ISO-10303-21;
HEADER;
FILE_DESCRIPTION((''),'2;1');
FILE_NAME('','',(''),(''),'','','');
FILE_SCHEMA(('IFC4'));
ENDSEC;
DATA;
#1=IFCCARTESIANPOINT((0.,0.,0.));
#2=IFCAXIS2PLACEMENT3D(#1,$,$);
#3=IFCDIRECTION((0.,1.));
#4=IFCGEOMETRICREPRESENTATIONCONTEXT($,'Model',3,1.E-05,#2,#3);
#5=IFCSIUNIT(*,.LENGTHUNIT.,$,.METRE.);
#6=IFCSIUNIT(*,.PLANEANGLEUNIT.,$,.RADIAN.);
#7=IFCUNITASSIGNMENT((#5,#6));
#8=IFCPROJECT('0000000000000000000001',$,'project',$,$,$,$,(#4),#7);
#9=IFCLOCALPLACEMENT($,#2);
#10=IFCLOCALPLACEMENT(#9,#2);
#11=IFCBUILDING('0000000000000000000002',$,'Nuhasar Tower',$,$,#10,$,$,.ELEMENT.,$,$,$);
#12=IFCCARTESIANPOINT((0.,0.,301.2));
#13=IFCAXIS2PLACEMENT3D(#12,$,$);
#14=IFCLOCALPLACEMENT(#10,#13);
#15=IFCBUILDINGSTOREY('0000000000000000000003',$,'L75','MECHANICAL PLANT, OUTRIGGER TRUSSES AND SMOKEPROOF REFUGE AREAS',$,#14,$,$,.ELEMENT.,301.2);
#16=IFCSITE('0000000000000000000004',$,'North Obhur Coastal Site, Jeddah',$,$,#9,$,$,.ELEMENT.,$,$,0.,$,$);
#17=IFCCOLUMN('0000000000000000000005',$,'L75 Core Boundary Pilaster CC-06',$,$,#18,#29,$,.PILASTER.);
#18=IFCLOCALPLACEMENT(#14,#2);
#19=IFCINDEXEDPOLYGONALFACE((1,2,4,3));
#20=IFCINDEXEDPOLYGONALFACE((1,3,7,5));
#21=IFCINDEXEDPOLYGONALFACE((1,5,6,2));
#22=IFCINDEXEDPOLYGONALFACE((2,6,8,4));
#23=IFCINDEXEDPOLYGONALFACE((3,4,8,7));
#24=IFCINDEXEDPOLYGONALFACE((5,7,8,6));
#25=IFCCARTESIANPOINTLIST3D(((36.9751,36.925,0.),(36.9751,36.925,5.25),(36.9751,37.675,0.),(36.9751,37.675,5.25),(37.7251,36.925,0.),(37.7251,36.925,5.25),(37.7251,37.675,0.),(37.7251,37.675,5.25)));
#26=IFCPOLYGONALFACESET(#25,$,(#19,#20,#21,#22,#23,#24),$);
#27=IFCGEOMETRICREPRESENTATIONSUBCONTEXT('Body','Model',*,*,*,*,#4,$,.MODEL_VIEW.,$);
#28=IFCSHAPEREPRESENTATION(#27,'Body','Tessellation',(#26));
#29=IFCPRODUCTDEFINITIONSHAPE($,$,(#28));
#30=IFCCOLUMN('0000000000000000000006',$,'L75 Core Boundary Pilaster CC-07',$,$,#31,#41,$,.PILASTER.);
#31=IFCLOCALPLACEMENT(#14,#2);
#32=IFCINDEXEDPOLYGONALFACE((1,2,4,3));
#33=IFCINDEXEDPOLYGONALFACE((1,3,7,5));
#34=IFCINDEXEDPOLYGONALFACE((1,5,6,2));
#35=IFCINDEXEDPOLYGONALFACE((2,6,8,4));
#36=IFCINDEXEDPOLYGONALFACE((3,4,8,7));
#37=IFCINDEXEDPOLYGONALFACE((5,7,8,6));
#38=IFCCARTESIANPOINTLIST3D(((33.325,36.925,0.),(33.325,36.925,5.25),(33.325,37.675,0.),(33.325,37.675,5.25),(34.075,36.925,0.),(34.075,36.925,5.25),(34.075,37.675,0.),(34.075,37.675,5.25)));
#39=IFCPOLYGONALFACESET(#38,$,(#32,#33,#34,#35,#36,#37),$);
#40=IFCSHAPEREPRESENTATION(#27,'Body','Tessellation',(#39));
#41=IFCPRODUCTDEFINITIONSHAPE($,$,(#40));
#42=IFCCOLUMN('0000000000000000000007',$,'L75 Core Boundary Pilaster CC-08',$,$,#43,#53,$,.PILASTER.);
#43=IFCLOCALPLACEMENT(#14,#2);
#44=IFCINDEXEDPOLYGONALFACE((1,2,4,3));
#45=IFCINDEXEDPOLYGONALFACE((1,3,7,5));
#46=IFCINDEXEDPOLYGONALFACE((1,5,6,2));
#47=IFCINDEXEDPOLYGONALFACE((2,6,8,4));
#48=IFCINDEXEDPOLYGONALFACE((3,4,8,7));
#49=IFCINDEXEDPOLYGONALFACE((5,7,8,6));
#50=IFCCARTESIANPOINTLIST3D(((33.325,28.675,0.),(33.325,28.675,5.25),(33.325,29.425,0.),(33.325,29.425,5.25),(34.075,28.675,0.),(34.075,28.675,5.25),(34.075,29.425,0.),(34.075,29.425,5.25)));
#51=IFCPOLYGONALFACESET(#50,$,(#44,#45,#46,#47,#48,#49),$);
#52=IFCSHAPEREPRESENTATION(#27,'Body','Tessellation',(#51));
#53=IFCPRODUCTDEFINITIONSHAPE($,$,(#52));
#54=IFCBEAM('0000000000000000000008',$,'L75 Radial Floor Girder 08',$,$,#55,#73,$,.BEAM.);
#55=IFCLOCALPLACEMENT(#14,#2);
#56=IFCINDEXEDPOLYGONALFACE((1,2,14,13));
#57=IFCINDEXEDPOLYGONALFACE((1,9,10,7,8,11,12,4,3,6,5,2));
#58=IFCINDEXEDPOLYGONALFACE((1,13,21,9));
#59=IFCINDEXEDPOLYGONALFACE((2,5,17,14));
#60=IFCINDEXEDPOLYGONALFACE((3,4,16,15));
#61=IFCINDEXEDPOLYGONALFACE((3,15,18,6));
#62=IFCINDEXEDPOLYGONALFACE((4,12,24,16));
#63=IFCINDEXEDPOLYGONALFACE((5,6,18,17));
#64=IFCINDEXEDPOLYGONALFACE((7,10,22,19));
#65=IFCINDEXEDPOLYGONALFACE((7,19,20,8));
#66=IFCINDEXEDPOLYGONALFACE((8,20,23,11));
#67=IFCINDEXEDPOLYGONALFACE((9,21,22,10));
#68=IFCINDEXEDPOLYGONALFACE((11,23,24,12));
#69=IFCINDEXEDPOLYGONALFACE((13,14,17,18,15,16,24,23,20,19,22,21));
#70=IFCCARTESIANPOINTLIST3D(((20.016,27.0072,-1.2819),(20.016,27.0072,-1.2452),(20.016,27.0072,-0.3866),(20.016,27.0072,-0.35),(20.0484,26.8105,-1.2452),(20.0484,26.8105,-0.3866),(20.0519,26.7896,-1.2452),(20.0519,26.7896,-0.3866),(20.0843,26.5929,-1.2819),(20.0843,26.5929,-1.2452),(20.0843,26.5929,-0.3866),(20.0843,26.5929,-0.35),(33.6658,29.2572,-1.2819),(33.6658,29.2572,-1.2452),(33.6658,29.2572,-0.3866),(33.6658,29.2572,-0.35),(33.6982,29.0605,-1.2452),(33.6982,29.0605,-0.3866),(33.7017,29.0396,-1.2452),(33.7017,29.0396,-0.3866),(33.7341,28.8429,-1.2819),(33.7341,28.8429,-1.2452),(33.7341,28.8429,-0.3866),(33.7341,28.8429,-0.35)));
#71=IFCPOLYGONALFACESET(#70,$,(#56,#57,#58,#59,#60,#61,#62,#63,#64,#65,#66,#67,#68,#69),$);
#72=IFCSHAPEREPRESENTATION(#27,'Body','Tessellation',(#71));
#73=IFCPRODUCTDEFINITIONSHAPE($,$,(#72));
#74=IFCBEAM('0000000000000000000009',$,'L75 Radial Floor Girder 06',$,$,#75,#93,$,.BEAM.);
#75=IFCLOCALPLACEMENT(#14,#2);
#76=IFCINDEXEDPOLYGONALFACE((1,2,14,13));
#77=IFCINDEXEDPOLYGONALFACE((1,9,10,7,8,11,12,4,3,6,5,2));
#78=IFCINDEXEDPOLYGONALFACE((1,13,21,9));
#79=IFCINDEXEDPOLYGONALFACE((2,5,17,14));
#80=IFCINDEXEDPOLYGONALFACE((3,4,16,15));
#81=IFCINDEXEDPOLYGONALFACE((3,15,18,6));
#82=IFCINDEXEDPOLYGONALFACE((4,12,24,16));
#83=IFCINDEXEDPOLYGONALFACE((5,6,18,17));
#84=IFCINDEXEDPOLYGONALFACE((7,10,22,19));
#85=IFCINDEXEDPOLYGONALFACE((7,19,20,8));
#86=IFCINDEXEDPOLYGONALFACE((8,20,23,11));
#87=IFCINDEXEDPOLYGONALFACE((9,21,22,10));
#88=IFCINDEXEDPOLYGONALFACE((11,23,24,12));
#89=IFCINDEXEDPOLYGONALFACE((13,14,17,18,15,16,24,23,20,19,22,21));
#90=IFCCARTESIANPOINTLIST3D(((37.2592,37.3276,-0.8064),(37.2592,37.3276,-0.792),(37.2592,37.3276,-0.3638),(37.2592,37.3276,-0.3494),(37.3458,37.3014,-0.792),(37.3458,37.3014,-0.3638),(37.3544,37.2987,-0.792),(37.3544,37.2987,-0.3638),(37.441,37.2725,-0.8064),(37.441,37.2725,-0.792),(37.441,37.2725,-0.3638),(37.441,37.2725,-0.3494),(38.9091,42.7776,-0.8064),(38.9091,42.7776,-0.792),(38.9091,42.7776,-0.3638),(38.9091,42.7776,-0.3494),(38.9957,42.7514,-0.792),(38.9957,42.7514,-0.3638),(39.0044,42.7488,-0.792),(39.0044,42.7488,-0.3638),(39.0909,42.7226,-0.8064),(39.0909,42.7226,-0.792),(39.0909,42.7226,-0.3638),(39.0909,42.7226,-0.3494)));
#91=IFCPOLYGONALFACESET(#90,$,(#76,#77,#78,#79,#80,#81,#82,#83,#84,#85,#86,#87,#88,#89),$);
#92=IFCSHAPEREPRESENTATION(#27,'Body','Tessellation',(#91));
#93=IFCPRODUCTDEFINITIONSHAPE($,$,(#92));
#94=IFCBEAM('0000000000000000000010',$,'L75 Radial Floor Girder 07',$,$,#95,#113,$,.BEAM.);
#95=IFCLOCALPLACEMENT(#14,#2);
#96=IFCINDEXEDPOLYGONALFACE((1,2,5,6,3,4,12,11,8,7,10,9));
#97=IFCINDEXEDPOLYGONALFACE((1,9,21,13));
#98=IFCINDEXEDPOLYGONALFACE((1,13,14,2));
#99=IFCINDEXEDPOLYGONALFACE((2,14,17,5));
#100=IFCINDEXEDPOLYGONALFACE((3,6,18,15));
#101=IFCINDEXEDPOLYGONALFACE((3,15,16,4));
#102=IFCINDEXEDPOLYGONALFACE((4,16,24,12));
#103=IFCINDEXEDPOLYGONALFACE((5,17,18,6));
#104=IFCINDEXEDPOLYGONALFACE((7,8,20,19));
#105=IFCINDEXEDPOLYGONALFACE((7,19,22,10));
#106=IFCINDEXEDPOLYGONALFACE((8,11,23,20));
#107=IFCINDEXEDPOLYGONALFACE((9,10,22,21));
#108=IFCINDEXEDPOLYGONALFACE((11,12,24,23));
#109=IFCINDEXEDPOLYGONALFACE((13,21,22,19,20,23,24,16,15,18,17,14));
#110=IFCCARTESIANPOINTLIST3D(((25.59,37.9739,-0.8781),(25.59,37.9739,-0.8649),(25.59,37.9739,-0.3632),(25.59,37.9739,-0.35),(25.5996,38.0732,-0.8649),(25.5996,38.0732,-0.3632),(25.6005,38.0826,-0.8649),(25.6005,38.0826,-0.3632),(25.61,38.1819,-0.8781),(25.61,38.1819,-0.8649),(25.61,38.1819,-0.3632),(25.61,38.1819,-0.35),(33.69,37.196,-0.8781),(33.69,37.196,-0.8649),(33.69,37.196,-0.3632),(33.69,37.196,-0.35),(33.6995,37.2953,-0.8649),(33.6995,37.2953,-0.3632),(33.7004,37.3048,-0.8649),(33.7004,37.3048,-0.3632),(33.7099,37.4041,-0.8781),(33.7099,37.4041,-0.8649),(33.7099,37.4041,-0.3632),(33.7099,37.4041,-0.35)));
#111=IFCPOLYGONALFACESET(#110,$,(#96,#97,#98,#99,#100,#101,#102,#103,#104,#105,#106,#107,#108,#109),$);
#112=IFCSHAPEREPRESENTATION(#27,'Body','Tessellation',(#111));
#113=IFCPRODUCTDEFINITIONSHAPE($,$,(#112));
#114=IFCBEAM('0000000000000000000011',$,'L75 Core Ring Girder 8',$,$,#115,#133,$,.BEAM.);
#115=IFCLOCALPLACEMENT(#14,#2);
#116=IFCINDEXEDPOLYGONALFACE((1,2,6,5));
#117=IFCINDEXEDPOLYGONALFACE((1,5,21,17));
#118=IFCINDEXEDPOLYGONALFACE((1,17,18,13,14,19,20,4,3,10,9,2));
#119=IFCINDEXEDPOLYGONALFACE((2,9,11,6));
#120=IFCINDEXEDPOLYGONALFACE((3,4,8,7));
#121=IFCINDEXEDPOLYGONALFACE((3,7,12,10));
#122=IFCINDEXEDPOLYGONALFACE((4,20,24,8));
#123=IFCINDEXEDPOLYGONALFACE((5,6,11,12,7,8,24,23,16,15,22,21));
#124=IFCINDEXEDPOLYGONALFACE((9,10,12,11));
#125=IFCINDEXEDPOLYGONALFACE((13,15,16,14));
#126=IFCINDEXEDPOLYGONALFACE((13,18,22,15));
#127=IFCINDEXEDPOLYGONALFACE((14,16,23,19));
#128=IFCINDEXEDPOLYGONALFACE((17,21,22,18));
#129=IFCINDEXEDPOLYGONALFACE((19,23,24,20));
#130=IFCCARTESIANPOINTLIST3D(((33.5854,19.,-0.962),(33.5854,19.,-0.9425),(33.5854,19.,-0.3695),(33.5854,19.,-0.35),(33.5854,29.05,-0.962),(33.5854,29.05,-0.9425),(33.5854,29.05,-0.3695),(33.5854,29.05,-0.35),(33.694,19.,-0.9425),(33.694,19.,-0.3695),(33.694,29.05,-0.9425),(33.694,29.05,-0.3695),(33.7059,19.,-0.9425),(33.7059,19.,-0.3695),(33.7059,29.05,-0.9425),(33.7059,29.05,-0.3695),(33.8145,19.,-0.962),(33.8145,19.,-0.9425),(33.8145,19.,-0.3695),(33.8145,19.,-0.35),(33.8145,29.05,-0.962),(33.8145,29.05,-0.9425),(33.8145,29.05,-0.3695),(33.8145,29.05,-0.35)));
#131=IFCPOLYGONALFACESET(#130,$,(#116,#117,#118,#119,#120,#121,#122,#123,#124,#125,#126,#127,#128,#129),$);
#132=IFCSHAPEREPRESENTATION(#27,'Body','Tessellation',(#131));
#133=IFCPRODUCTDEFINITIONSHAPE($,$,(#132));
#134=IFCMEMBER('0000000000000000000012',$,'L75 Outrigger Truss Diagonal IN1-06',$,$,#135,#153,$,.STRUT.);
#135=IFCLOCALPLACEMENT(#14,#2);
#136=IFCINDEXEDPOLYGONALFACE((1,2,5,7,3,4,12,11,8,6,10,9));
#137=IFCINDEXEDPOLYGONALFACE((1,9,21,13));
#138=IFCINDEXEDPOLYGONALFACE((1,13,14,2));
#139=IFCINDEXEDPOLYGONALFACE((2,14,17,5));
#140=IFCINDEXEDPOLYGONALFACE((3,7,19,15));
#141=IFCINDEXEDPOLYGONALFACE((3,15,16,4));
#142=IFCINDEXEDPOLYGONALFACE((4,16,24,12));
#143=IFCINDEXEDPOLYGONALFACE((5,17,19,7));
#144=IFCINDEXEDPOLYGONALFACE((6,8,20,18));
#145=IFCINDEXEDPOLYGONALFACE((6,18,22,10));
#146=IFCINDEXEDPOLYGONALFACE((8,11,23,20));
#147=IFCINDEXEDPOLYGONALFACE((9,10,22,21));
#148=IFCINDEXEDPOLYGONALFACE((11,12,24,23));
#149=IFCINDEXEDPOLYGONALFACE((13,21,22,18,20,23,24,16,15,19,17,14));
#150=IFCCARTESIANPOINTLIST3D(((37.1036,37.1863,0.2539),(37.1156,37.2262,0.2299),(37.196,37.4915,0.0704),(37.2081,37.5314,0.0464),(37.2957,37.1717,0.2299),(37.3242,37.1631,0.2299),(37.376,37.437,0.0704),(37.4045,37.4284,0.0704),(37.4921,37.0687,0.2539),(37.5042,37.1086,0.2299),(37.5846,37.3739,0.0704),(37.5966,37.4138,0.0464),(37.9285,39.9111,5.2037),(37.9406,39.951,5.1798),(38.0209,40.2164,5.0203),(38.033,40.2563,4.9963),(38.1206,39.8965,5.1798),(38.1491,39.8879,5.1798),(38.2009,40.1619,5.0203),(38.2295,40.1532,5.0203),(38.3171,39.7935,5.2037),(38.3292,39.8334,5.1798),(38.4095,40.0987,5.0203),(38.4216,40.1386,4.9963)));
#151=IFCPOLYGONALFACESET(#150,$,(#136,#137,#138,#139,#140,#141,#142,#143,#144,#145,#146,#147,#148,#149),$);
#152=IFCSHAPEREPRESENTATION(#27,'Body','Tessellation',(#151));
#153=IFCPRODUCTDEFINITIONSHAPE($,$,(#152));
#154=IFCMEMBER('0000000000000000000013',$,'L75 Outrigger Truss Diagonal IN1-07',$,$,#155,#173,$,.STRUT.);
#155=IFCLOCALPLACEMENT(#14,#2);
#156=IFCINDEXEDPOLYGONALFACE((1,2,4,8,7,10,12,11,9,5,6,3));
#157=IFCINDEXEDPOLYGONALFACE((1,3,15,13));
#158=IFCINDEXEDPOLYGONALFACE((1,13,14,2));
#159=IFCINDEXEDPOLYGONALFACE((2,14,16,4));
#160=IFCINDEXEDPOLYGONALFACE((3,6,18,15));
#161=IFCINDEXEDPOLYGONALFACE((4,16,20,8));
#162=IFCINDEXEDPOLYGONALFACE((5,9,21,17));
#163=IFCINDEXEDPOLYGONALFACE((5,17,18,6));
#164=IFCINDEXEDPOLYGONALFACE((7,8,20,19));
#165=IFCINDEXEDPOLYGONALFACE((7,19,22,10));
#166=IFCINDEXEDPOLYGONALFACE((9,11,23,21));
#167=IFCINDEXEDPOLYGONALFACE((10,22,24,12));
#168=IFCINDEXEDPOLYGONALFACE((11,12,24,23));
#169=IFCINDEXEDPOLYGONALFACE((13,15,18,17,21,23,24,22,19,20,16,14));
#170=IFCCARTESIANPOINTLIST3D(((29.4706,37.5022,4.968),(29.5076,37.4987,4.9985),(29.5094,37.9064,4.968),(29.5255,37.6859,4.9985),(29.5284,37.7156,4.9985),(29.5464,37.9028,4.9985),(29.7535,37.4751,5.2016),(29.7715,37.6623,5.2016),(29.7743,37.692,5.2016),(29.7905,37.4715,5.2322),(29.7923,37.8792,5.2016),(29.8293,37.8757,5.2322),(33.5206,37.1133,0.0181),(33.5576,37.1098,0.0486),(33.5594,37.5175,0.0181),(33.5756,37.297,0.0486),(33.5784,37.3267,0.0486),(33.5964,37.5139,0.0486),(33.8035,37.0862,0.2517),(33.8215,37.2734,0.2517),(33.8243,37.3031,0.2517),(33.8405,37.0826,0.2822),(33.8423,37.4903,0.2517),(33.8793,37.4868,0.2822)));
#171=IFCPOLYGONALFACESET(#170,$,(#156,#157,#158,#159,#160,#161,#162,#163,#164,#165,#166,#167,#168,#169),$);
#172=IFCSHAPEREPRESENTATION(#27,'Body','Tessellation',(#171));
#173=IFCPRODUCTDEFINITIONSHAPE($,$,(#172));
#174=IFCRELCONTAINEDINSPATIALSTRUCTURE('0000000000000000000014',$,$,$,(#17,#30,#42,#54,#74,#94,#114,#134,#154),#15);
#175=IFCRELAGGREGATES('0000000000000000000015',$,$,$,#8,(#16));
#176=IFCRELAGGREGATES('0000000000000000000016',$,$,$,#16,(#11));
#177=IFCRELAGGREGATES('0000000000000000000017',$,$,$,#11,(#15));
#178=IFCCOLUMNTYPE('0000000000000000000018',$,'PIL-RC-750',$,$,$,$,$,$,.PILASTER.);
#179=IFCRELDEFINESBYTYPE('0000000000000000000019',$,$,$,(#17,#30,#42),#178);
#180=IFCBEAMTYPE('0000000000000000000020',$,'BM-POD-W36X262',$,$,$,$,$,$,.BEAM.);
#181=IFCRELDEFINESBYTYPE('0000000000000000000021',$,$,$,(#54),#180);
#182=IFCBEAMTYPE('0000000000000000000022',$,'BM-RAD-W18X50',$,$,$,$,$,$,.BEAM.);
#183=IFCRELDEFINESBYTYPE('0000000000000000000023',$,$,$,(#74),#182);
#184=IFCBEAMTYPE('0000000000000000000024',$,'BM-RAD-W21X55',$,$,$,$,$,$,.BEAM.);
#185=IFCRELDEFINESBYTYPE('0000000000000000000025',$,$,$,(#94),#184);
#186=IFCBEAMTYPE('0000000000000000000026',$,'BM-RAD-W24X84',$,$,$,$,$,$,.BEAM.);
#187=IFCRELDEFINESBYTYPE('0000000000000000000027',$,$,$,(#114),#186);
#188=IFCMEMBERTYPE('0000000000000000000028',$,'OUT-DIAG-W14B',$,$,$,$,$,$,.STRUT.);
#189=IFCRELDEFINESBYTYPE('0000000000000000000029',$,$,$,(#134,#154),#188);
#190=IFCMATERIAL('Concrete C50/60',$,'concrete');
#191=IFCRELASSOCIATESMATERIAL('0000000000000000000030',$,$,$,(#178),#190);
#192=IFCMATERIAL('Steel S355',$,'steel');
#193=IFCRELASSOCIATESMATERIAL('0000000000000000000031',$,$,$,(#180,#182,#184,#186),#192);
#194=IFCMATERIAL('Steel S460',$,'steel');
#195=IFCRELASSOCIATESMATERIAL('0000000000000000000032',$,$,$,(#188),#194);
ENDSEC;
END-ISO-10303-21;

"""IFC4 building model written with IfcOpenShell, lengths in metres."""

from ifc_helpers import new_model, si_unit, direction, frame, origin, origin_2d, place, context, subcontext, project, spatial, rectangle, i_section, extrude, material, material_profile, profile_set, type_object, element, save


model = new_model("IFC4")

# Units and contexts
model_context = context("Model", 3, precision=1e-05, world=origin(), true_north=direction((0.0, 1.0)))
body_context = subcontext(model_context, "Body", "Model", "MODEL_VIEW")
ifc_project = project(units=[si_unit("LENGTHUNIT", "METRE"), si_unit("PLANEANGLEUNIT", "RADIAN")], contexts=[model_context])

# Site, building, storey
site_placement = place(None, origin())
site = spatial("IfcSite", under=ifc_project, at=site_placement, Name="North Obhur Coastal Site, Jeddah", CompositionType="ELEMENT", RefElevation=0.0)
building_placement = place(site_placement, origin())
building = spatial("IfcBuilding", under=site, at=building_placement, Name="Nuhasar Tower", CompositionType="ELEMENT")
storey_placement = place(building_placement, frame((0.0, 0.0, 301.2)))
storey = spatial("IfcBuildingStorey", under=building, at=storey_placement, Name="L75", Description="MECHANICAL PLANT, OUTRIGGER TRUSSES AND SMOKEPROOF REFUGE AREAS", CompositionType="ELEMENT", Elevation=301.2)

# Columns
ifc_material_1 = material(Name="Concrete C50/60", Category="concrete")
ifc_material_profile_1 = material_profile(ifc_material_1, rectangle(XDim=0.75, YDim=0.75, at=origin_2d()), Name="RC750X750")
ifc_profile_set_1 = profile_set([ifc_material_profile_1], Name="Concrete C50/60")
column_type = type_object("IfcColumnType", Name="PIL-RC-750", PredefinedType="PILASTER", material=ifc_profile_set_1)
for number, where, z_axis, x_axis, name in (
    (1, (37.3501, 37.3, 0.0), (0.0, 0.0, 1.0), (1.0, 0.0, 0.0), "L75 Core Boundary Pilaster CC-06"),
    (2, (33.7, 37.3, 0.0), (0.0, 0.0, 1.0), (1.0, 0.0, 0.0), "L75 Core Boundary Pilaster CC-07"),
    (3, (33.7, 29.05, 0.0), (0.0, 0.0, 1.0), (1.0, 0.0, 0.0), "L75 Core Boundary Pilaster CC-08"),
):
    element("IfcColumn", number, at=place(storey_placement, frame(where, z_axis=z_axis, x_axis=x_axis)), inside=storey, type_object=column_type, Name=name, PredefinedType="PILASTER", context=body_context, shape_type="SweptSolid", body=[
        extrude(rectangle(XDim=0.75, YDim=0.75, at=origin_2d()), origin(), (0.0, 0.0, 1.0), 5.25),
    ])

# Beams
ifc_material_2 = material(Name="Steel S355", Category="steel")
ifc_material_profile_2 = material_profile(ifc_material_2, i_section(OverallWidth=0.4199, OverallDepth=0.9319, WebThickness=0.0212, FlangeThickness=0.0366, at=origin_2d()), Name="W36X262")
ifc_profile_set_2 = profile_set([ifc_material_profile_2], Name="Steel S355")
beam_type_1 = type_object("IfcBeamType", Name="BM-POD-W36X262", PredefinedType="BEAM", material=ifc_profile_set_2)
beam_1_placement = place(storey_placement, frame((33.7, 29.05, -0.8159), z_axis=(-0.986685, -0.162642, 0.0), x_axis=(0.162642, -0.986685, 0.0)))
element("IfcBeam", 4, at=beam_1_placement, inside=storey, type_object=beam_type_1, Name="L75 Radial Floor Girder 08", PredefinedType="BEAM", context=body_context, shape_type="SweptSolid", body=[
    extrude(i_section(OverallWidth=0.4199, OverallDepth=0.9319, WebThickness=0.0212, FlangeThickness=0.0366, at=origin_2d()), origin(), (0.0, 0.0, 1.0), 13.834),
])
ifc_material_profile_3 = material_profile(ifc_material_2, i_section(OverallWidth=0.1899, OverallDepth=0.457, WebThickness=0.009, FlangeThickness=0.0144, at=origin_2d()), Name="W18X50")
ifc_profile_set_3 = profile_set([ifc_material_profile_3], Name="Steel S355")
beam_type_2 = type_object("IfcBeamType", Name="BM-RAD-W18X50", PredefinedType="BEAM", material=ifc_profile_set_3)
beam_2_placement = place(storey_placement, frame((37.3501, 37.3, -0.5779), z_axis=(0.28975, 0.957102, 0.0), x_axis=(-0.957102, 0.28975, 0.0)))
element("IfcBeam", 5, at=beam_2_placement, inside=storey, type_object=beam_type_2, Name="L75 Radial Floor Girder 06", PredefinedType="BEAM", context=body_context, shape_type="SweptSolid", body=[
    extrude(i_section(OverallWidth=0.1899, OverallDepth=0.457, WebThickness=0.009, FlangeThickness=0.0144, at=origin_2d()), origin(), (0.0, 0.0, 1.0), 5.6943),
])
ifc_material_profile_4 = material_profile(ifc_material_2, i_section(OverallWidth=0.209, OverallDepth=0.5281, WebThickness=0.0095, FlangeThickness=0.0132, at=origin_2d()), Name="W21X55")
ifc_profile_set_4 = profile_set([ifc_material_profile_4], Name="Steel S355")
beam_type_3 = type_object("IfcBeamType", Name="BM-RAD-W21X55", PredefinedType="BEAM", material=ifc_profile_set_4)
beam_3_placement = place(storey_placement, frame((33.7, 37.3, -0.614), z_axis=(-0.995421, 0.095591, 0.0), x_axis=(-0.095591, -0.995421, 0.0)))
element("IfcBeam", 6, at=beam_3_placement, inside=storey, type_object=beam_type_3, Name="L75 Radial Floor Girder 07", PredefinedType="BEAM", context=body_context, shape_type="SweptSolid", body=[
    extrude(i_section(OverallWidth=0.209, OverallDepth=0.5281, WebThickness=0.0095, FlangeThickness=0.0132, at=origin_2d()), origin(), (0.0, 0.0, 1.0), 8.1372),
])
ifc_material_profile_5 = material_profile(ifc_material_2, i_section(OverallWidth=0.229, OverallDepth=0.6121, WebThickness=0.012, FlangeThickness=0.0195, at=origin_2d()), Name="W24X84")
ifc_profile_set_5 = profile_set([ifc_material_profile_5], Name="Steel S355")
beam_type_4 = type_object("IfcBeamType", Name="BM-RAD-W24X84", PredefinedType="BEAM", material=ifc_profile_set_5)
beam_4_placement = place(storey_placement, frame((33.7, 29.05, -0.656), z_axis=(0.0, -1.0, 0.0), x_axis=(1.0, 0.0, 0.0)))
element("IfcBeam", 7, at=beam_4_placement, inside=storey, type_object=beam_type_4, Name="L75 Core Ring Girder 8", PredefinedType="BEAM", context=body_context, shape_type="SweptSolid", body=[
    extrude(i_section(OverallWidth=0.229, OverallDepth=0.6121, WebThickness=0.012, FlangeThickness=0.0195, at=origin_2d()), origin(), (0.0, 0.0, 1.0), 10.05),
])

# Members
ifc_material_3 = material(Name="Steel S460", Category="steel")
ifc_material_profile_6 = material_profile(ifc_material_3, i_section(OverallWidth=0.406, OverallDepth=0.416, WebThickness=0.0298, FlangeThickness=0.0481, at=origin_2d()), Name="W14X257")
ifc_profile_set_6 = profile_set([ifc_material_profile_6], Name="Steel S460")
member_type = type_object("IfcMemberType", Name="OUT-DIAG-W14B", PredefinedType="STRUT", material=ifc_profile_set_6)
member_1_placement = place(storey_placement, frame((37.3501, 37.3, 0.1501), z_axis=(0.144468, 0.477183, 0.866848), x_axis=(-0.957099, 0.289762, 0.0)))
element("IfcMember", 8, at=member_1_placement, inside=storey, type_object=member_type, Name="L75 Outrigger Truss Diagonal IN1-06", PredefinedType="STRUT", context=body_context, shape_type="SweptSolid", body=[
    extrude(i_section(OverallWidth=0.406, OverallDepth=0.416, WebThickness=0.0298, FlangeThickness=0.0481, at=origin_2d()), origin(), (0.0, 0.0, 1.0), 5.7102),
])
member_2_placement = place(storey_placement, frame((33.7, 37.3, 0.1501), z_axis=(-0.632079, 0.060697, 0.772524), x_axis=(-0.095588, -0.995421, 0.0)))
element("IfcMember", 9, at=member_2_placement, inside=storey, type_object=member_type, Name="L75 Outrigger Truss Diagonal IN1-07", PredefinedType="STRUT", context=body_context, shape_type="SweptSolid", body=[
    extrude(i_section(OverallWidth=0.406, OverallDepth=0.416, WebThickness=0.0298, FlangeThickness=0.0481, at=origin_2d()), origin(), (0.0, 0.0, 1.0), 6.4075),
])

save(model, "model.ifc")
